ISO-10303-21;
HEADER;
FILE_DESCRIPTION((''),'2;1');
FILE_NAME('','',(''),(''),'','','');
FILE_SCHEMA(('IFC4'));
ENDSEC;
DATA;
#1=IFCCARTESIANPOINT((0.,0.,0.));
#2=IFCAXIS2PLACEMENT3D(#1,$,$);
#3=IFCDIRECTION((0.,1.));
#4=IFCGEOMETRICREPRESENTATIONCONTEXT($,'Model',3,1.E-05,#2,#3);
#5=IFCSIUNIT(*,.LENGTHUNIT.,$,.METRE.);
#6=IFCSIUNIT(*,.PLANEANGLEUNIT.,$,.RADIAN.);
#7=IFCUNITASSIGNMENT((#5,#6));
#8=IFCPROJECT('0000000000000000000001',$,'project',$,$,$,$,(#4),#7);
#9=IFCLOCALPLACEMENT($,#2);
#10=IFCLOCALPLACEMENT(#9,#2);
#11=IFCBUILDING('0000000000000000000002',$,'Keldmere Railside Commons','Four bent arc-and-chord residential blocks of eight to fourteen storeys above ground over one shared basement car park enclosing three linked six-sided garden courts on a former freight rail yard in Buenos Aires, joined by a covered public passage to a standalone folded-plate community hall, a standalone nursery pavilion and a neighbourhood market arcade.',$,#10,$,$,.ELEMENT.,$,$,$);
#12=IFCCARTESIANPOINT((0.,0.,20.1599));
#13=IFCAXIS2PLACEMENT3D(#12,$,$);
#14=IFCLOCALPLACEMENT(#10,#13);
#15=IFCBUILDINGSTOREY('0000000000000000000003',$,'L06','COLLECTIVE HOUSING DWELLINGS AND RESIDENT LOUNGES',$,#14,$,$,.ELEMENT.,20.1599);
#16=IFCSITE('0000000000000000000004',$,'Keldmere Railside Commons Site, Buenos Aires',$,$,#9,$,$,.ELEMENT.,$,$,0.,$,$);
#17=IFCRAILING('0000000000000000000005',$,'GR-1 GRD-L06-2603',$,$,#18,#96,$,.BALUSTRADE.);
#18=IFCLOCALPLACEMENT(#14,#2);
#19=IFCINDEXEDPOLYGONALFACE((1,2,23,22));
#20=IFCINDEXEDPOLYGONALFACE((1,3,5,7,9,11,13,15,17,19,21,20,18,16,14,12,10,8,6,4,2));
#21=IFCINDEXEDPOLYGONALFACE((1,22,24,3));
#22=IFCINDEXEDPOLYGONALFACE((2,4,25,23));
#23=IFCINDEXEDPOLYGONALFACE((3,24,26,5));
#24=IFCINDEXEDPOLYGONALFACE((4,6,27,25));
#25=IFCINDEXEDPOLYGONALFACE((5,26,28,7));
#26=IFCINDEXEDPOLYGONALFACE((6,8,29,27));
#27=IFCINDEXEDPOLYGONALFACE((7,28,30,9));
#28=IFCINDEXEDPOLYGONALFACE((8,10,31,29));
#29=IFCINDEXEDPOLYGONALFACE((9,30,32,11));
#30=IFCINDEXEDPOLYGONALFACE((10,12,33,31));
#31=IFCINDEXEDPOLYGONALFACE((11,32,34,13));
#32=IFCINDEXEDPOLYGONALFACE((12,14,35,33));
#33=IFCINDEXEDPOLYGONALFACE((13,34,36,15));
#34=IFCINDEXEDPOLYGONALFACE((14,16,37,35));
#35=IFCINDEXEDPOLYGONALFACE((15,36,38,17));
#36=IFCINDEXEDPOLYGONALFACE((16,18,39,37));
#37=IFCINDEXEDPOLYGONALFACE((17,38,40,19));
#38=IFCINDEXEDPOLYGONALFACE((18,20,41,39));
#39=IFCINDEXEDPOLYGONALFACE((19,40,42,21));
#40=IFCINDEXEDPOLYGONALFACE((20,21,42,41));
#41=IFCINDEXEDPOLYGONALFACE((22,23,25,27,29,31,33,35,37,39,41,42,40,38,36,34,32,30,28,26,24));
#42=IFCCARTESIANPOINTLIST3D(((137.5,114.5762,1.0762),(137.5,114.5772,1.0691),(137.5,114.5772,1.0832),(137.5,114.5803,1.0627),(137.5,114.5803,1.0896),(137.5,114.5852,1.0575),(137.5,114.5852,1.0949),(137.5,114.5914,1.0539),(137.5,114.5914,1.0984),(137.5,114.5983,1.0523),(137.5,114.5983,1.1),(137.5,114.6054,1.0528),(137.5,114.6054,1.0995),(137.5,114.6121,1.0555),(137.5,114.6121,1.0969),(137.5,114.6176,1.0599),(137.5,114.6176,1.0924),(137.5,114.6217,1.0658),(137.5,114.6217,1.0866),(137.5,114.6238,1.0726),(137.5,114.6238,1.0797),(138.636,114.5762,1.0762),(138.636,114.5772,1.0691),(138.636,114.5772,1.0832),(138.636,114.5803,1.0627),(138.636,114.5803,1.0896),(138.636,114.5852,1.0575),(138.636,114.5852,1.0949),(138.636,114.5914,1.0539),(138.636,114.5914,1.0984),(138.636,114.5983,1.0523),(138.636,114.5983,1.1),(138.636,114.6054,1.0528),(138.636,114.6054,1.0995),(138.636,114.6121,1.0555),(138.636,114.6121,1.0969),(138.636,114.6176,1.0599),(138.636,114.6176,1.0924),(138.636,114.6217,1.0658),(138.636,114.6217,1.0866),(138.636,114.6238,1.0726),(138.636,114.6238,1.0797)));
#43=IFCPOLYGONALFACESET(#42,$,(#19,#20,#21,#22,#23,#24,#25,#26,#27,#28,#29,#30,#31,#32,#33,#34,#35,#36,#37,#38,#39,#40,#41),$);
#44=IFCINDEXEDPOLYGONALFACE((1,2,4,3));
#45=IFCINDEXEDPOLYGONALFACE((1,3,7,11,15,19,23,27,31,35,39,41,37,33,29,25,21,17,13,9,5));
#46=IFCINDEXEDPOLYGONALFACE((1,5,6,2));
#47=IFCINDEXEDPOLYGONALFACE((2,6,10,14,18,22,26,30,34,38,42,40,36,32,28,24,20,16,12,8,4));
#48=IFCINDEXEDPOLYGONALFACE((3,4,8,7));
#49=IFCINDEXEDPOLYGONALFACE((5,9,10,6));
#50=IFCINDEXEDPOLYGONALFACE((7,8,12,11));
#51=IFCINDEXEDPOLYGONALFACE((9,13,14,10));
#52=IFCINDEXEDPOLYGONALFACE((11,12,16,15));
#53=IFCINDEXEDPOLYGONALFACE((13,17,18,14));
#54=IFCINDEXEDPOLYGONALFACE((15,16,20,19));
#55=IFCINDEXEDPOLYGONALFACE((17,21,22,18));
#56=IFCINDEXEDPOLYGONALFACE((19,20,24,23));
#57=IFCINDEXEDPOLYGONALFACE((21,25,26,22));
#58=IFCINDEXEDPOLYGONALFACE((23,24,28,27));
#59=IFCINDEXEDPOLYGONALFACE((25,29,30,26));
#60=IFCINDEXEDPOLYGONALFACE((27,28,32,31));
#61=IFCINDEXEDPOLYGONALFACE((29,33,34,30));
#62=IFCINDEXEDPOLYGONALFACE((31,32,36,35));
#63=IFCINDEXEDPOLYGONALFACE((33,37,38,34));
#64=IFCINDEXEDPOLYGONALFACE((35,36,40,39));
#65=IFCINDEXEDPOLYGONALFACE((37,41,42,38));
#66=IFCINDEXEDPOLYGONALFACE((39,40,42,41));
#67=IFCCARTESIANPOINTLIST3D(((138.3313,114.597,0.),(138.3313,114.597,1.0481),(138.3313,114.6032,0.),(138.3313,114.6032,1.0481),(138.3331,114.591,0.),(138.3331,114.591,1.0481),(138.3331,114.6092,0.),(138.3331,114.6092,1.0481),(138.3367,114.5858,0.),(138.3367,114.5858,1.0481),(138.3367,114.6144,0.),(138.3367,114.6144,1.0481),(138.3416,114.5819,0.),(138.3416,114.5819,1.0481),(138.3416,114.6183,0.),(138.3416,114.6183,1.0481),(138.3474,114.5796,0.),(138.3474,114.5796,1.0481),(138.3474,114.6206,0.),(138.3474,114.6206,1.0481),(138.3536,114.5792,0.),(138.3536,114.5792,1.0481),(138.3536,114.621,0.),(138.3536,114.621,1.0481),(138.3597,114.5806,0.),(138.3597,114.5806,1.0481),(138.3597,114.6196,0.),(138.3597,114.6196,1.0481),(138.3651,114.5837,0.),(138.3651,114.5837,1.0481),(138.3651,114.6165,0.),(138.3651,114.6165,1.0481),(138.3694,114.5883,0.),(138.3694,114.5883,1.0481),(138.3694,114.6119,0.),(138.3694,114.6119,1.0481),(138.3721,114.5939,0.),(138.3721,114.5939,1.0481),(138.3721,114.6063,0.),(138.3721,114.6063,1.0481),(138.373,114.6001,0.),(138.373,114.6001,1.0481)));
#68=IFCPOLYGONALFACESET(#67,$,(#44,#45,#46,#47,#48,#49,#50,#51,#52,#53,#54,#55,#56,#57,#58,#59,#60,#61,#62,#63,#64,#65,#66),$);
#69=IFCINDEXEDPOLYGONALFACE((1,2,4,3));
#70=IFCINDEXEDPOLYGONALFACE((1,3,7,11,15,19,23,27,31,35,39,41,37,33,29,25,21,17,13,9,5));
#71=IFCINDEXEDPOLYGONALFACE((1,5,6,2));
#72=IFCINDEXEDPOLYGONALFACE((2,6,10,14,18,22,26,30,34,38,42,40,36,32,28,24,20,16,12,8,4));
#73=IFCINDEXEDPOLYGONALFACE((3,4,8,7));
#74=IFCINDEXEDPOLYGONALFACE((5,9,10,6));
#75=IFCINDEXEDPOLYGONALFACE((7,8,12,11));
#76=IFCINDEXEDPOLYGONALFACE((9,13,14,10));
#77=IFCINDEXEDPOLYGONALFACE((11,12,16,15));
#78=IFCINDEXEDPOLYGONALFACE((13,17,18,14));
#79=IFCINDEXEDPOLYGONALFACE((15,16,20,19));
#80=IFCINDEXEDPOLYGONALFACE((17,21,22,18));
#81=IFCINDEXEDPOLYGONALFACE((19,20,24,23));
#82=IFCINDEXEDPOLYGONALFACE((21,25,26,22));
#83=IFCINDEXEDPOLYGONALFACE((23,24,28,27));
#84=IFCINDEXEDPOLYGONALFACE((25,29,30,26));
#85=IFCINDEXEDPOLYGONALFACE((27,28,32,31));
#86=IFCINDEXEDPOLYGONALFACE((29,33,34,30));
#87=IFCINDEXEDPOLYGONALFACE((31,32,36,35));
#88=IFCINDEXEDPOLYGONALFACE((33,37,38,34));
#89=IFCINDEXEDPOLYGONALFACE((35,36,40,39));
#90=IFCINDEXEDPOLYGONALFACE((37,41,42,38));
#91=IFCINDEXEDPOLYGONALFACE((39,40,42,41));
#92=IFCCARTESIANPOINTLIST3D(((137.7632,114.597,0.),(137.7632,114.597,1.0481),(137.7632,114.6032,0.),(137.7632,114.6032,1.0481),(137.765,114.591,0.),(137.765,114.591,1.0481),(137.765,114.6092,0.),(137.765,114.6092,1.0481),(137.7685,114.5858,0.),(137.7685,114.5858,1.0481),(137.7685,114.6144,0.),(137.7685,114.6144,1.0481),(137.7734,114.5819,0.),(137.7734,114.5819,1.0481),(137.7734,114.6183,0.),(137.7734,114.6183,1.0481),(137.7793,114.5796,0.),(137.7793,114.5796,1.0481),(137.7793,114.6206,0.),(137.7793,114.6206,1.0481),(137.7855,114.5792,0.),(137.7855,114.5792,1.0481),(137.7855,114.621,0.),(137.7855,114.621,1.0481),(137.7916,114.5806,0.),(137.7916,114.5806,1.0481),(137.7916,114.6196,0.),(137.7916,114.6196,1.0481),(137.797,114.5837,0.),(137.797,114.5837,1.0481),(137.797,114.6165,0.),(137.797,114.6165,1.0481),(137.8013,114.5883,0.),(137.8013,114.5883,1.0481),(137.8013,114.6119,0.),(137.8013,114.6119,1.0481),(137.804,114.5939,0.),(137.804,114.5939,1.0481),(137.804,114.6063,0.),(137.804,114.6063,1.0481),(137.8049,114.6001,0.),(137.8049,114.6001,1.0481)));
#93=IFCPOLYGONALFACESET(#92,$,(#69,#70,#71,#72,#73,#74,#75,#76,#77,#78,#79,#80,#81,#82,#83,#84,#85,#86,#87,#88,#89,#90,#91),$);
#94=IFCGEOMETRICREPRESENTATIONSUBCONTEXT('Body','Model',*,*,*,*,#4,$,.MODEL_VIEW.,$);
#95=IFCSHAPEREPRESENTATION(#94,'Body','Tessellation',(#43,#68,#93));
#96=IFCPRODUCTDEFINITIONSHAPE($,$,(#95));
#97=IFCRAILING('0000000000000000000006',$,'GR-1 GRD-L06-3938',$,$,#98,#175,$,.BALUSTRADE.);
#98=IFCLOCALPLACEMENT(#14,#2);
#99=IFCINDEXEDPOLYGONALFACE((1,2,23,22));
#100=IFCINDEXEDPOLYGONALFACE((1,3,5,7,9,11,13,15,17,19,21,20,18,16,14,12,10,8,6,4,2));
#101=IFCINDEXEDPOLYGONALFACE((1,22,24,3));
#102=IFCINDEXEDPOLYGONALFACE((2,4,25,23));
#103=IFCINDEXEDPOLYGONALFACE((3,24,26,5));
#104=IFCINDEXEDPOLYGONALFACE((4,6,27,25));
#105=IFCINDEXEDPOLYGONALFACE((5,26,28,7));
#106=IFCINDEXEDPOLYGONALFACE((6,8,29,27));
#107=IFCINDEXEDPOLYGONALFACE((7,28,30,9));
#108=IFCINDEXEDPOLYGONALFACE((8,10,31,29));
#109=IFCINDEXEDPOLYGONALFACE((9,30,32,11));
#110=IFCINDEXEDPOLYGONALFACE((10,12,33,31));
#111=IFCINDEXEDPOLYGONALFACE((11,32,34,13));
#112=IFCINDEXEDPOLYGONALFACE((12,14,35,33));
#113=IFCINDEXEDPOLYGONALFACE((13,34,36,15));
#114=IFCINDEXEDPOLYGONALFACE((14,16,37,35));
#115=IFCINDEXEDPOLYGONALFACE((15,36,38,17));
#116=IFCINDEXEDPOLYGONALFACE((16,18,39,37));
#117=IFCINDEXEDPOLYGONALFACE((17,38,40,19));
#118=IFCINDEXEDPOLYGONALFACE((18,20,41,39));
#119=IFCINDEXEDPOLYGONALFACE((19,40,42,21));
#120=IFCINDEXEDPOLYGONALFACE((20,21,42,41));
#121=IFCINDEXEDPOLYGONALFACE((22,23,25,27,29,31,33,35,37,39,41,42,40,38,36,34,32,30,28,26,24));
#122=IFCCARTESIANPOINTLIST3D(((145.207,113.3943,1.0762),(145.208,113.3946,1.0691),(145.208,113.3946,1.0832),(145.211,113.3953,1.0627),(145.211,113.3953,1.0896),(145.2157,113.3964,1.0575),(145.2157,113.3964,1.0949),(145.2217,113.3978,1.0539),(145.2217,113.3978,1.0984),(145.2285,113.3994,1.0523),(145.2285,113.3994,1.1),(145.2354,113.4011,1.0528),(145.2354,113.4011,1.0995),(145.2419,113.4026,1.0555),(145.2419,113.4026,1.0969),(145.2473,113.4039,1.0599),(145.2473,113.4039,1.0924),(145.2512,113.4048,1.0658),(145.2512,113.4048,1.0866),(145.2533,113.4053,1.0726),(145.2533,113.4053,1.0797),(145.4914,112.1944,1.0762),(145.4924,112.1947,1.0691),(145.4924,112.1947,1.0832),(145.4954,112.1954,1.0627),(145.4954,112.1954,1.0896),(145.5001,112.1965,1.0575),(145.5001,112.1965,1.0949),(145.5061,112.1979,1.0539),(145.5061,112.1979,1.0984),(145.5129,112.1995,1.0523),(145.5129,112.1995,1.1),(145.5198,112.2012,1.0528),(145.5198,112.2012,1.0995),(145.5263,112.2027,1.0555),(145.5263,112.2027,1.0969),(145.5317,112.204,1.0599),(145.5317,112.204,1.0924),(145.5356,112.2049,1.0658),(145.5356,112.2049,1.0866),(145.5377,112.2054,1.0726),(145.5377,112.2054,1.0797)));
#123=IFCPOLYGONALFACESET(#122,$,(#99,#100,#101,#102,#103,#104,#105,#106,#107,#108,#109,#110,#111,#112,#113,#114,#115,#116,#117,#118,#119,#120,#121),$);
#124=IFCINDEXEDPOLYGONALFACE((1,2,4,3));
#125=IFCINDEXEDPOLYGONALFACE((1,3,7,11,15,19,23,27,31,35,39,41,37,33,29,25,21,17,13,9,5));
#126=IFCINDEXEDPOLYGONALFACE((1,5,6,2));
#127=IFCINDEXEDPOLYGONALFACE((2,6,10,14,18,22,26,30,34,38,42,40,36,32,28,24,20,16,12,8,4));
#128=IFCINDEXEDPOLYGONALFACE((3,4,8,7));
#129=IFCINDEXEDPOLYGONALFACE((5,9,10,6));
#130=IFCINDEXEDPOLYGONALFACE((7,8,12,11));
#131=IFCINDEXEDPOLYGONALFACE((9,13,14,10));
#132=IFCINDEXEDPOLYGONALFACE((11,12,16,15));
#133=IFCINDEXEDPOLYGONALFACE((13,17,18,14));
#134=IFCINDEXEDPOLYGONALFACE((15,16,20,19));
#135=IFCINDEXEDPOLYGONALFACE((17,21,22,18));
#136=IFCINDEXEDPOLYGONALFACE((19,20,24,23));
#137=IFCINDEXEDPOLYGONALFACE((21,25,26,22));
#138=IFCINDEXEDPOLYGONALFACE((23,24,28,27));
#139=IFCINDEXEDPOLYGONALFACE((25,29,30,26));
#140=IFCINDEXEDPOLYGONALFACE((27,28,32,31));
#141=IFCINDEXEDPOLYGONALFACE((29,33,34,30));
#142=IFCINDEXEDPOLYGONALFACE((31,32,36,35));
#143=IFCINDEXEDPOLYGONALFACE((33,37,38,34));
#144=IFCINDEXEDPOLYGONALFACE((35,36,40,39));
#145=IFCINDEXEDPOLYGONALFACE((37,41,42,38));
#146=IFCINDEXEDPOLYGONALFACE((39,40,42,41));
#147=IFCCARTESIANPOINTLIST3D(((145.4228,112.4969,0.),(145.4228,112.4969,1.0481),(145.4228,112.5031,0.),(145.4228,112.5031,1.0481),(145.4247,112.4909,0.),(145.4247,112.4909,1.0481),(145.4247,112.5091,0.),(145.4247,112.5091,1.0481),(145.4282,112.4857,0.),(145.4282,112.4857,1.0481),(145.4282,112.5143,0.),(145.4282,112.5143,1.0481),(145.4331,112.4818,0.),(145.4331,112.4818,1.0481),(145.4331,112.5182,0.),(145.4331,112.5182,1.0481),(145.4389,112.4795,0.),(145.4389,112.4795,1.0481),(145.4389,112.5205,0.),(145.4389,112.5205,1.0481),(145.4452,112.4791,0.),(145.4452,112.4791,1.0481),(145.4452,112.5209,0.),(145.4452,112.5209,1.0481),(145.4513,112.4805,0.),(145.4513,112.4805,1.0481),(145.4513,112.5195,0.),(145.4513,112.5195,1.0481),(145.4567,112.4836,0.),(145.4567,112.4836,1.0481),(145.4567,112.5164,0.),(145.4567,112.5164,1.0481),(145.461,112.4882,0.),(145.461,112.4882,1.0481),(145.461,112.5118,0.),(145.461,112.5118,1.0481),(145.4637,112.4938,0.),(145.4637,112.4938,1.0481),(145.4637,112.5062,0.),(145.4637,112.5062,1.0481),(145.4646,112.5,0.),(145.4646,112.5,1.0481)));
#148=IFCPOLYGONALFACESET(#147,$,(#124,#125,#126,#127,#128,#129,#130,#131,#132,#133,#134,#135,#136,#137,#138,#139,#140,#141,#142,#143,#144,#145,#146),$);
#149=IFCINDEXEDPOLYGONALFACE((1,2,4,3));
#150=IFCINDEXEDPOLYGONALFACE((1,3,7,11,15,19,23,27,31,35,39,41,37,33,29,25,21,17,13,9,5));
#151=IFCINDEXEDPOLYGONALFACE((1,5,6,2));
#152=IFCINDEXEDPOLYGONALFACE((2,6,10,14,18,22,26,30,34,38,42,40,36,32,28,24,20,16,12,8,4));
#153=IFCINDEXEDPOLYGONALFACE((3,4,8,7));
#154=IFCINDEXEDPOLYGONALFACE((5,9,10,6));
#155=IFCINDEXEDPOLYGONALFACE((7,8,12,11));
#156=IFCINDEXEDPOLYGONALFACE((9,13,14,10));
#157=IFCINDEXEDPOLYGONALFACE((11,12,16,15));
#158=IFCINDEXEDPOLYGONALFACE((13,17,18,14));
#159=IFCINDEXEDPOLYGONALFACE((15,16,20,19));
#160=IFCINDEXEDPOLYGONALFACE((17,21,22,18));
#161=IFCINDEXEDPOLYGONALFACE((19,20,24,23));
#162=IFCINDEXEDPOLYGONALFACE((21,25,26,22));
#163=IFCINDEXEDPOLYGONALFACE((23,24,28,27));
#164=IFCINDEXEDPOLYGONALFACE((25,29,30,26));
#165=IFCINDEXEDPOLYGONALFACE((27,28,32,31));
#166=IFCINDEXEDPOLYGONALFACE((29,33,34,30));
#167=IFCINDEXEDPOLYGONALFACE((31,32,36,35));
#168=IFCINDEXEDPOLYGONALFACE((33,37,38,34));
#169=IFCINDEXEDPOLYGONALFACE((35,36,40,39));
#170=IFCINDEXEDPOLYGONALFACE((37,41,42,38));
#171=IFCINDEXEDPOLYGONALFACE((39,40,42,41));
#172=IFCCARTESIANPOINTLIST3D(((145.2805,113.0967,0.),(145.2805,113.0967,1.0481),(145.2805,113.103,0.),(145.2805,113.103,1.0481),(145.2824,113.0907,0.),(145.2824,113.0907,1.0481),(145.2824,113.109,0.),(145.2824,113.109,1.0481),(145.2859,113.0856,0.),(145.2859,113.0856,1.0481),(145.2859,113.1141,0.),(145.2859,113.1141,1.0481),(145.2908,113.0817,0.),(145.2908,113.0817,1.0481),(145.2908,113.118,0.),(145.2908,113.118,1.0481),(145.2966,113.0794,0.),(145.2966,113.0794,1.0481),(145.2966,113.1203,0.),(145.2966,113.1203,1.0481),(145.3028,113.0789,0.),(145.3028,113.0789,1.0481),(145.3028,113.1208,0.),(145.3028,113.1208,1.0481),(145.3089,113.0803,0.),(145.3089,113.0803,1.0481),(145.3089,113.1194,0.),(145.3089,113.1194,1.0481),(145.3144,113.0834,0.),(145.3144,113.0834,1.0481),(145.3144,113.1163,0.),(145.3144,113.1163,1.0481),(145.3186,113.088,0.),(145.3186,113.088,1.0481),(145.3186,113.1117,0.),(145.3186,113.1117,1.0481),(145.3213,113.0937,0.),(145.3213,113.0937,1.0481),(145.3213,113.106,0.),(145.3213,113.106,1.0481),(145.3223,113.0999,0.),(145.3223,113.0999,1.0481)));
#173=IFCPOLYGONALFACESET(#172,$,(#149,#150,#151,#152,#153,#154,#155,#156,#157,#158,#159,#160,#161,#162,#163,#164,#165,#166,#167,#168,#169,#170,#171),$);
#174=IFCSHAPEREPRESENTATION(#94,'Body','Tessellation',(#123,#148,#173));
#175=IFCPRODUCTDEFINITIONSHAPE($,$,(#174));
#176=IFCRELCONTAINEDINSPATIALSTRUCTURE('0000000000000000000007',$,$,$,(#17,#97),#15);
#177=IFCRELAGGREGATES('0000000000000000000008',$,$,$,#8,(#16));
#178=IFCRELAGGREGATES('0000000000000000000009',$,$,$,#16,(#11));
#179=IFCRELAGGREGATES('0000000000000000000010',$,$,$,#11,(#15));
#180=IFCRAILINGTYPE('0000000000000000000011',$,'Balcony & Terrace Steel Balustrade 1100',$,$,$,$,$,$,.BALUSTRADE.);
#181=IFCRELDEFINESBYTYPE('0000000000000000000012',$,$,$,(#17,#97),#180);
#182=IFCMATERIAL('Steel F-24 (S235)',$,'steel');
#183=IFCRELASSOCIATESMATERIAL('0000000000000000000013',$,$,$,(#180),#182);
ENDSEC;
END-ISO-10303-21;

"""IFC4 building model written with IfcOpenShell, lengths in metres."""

from ifc_helpers import new_model, si_unit, direction, frame, origin, origin_2d, place, context, subcontext, project, spatial, circle, extrude, material, type_object, element, save


model = new_model("IFC4")

# Units and contexts
model_context = context("Model", 3, precision=1e-05, world=origin(), true_north=direction((0.0, 1.0)))
body_context = subcontext(model_context, "Body", "Model", "MODEL_VIEW")
ifc_project = project(units=[si_unit("LENGTHUNIT", "METRE"), si_unit("PLANEANGLEUNIT", "RADIAN")], contexts=[model_context])

# Site, building, storey
site_placement = place(None, origin())
site = spatial("IfcSite", under=ifc_project, at=site_placement, Name="Keldmere Railside Commons Site, Buenos Aires", CompositionType="ELEMENT", RefElevation=0.0)
building_placement = place(site_placement, origin())
building = spatial("IfcBuilding", under=site, at=building_placement, Name="Keldmere Railside Commons", Description="Four bent arc-and-chord residential blocks of eight to fourteen storeys above ground over one shared basement car park enclosing three linked six-sided garden courts on a former freight rail yard in Buenos Aires, joined by a covered public passage to a standalone folded-plate community hall, a standalone nursery pavilion and a neighbourhood market arcade.", CompositionType="ELEMENT")
storey_placement = place(building_placement, frame((0.0, 0.0, 20.1599)))
storey = spatial("IfcBuildingStorey", under=building, at=storey_placement, Name="L06", Description="COLLECTIVE HOUSING DWELLINGS AND RESIDENT LOUNGES", CompositionType="ELEMENT", Elevation=20.1599)

# Railings
ifc_material_1 = material(Name="Steel F-24 (S235)", Category="steel")
railing_type = type_object("IfcRailingType", Name="Balcony & Terrace Steel Balustrade 1100", PredefinedType="BALUSTRADE", material=ifc_material_1)
railing_1_placement = place(storey_placement, frame((138.636, 114.6001, 0.0)))
element("IfcRailing", 1, at=railing_1_placement, inside=storey, type_object=railing_type, Name="GR-1 GRD-L06-2603", PredefinedType="BALUSTRADE", context=body_context, shape_type="SweptSolid", body=[
    extrude(circle(Radius=0.0239, at=origin_2d()), frame((0.0, 0.0, 1.0762), z_axis=(-1.0, 0.0, 0.0), x_axis=(0.0, -1.0, 0.0)), (0.0, 0.0, 1.0), 1.136),
    extrude(circle(Radius=0.021, at=origin_2d()), frame((-0.2839, 0.0, 0.0)), (0.0, 0.0, 1.0), 1.0481),
    extrude(circle(Radius=0.021, at=origin_2d()), frame((-0.8521, 0.0, 0.0)), (0.0, 0.0, 1.0), 1.0481),
])
railing_2_placement = place(storey_placement, frame((145.5146, 112.2, 0.0)))
element("IfcRailing", 2, at=railing_2_placement, inside=storey, type_object=railing_type, Name="GR-1 GRD-L06-3938", PredefinedType="BALUSTRADE", context=body_context, shape_type="SweptSolid", body=[
    extrude(circle(Radius=0.0239, at=origin_2d()), frame((0.0, 0.0, 1.0762), z_axis=(-0.230639, 0.973039, 0.0), x_axis=(-0.973039, -0.230639, 0.0)), (0.0, 0.0, 1.0), 1.2332),
    extrude(circle(Radius=0.021, at=origin_2d()), frame((-0.071, 0.3, 0.0)), (0.0, 0.0, 1.0), 1.0481),
    extrude(circle(Radius=0.021, at=origin_2d()), frame((-0.2134, 0.8999, 0.0)), (0.0, 0.0, 1.0), 1.0481),
])

save(model, "model.ifc")
